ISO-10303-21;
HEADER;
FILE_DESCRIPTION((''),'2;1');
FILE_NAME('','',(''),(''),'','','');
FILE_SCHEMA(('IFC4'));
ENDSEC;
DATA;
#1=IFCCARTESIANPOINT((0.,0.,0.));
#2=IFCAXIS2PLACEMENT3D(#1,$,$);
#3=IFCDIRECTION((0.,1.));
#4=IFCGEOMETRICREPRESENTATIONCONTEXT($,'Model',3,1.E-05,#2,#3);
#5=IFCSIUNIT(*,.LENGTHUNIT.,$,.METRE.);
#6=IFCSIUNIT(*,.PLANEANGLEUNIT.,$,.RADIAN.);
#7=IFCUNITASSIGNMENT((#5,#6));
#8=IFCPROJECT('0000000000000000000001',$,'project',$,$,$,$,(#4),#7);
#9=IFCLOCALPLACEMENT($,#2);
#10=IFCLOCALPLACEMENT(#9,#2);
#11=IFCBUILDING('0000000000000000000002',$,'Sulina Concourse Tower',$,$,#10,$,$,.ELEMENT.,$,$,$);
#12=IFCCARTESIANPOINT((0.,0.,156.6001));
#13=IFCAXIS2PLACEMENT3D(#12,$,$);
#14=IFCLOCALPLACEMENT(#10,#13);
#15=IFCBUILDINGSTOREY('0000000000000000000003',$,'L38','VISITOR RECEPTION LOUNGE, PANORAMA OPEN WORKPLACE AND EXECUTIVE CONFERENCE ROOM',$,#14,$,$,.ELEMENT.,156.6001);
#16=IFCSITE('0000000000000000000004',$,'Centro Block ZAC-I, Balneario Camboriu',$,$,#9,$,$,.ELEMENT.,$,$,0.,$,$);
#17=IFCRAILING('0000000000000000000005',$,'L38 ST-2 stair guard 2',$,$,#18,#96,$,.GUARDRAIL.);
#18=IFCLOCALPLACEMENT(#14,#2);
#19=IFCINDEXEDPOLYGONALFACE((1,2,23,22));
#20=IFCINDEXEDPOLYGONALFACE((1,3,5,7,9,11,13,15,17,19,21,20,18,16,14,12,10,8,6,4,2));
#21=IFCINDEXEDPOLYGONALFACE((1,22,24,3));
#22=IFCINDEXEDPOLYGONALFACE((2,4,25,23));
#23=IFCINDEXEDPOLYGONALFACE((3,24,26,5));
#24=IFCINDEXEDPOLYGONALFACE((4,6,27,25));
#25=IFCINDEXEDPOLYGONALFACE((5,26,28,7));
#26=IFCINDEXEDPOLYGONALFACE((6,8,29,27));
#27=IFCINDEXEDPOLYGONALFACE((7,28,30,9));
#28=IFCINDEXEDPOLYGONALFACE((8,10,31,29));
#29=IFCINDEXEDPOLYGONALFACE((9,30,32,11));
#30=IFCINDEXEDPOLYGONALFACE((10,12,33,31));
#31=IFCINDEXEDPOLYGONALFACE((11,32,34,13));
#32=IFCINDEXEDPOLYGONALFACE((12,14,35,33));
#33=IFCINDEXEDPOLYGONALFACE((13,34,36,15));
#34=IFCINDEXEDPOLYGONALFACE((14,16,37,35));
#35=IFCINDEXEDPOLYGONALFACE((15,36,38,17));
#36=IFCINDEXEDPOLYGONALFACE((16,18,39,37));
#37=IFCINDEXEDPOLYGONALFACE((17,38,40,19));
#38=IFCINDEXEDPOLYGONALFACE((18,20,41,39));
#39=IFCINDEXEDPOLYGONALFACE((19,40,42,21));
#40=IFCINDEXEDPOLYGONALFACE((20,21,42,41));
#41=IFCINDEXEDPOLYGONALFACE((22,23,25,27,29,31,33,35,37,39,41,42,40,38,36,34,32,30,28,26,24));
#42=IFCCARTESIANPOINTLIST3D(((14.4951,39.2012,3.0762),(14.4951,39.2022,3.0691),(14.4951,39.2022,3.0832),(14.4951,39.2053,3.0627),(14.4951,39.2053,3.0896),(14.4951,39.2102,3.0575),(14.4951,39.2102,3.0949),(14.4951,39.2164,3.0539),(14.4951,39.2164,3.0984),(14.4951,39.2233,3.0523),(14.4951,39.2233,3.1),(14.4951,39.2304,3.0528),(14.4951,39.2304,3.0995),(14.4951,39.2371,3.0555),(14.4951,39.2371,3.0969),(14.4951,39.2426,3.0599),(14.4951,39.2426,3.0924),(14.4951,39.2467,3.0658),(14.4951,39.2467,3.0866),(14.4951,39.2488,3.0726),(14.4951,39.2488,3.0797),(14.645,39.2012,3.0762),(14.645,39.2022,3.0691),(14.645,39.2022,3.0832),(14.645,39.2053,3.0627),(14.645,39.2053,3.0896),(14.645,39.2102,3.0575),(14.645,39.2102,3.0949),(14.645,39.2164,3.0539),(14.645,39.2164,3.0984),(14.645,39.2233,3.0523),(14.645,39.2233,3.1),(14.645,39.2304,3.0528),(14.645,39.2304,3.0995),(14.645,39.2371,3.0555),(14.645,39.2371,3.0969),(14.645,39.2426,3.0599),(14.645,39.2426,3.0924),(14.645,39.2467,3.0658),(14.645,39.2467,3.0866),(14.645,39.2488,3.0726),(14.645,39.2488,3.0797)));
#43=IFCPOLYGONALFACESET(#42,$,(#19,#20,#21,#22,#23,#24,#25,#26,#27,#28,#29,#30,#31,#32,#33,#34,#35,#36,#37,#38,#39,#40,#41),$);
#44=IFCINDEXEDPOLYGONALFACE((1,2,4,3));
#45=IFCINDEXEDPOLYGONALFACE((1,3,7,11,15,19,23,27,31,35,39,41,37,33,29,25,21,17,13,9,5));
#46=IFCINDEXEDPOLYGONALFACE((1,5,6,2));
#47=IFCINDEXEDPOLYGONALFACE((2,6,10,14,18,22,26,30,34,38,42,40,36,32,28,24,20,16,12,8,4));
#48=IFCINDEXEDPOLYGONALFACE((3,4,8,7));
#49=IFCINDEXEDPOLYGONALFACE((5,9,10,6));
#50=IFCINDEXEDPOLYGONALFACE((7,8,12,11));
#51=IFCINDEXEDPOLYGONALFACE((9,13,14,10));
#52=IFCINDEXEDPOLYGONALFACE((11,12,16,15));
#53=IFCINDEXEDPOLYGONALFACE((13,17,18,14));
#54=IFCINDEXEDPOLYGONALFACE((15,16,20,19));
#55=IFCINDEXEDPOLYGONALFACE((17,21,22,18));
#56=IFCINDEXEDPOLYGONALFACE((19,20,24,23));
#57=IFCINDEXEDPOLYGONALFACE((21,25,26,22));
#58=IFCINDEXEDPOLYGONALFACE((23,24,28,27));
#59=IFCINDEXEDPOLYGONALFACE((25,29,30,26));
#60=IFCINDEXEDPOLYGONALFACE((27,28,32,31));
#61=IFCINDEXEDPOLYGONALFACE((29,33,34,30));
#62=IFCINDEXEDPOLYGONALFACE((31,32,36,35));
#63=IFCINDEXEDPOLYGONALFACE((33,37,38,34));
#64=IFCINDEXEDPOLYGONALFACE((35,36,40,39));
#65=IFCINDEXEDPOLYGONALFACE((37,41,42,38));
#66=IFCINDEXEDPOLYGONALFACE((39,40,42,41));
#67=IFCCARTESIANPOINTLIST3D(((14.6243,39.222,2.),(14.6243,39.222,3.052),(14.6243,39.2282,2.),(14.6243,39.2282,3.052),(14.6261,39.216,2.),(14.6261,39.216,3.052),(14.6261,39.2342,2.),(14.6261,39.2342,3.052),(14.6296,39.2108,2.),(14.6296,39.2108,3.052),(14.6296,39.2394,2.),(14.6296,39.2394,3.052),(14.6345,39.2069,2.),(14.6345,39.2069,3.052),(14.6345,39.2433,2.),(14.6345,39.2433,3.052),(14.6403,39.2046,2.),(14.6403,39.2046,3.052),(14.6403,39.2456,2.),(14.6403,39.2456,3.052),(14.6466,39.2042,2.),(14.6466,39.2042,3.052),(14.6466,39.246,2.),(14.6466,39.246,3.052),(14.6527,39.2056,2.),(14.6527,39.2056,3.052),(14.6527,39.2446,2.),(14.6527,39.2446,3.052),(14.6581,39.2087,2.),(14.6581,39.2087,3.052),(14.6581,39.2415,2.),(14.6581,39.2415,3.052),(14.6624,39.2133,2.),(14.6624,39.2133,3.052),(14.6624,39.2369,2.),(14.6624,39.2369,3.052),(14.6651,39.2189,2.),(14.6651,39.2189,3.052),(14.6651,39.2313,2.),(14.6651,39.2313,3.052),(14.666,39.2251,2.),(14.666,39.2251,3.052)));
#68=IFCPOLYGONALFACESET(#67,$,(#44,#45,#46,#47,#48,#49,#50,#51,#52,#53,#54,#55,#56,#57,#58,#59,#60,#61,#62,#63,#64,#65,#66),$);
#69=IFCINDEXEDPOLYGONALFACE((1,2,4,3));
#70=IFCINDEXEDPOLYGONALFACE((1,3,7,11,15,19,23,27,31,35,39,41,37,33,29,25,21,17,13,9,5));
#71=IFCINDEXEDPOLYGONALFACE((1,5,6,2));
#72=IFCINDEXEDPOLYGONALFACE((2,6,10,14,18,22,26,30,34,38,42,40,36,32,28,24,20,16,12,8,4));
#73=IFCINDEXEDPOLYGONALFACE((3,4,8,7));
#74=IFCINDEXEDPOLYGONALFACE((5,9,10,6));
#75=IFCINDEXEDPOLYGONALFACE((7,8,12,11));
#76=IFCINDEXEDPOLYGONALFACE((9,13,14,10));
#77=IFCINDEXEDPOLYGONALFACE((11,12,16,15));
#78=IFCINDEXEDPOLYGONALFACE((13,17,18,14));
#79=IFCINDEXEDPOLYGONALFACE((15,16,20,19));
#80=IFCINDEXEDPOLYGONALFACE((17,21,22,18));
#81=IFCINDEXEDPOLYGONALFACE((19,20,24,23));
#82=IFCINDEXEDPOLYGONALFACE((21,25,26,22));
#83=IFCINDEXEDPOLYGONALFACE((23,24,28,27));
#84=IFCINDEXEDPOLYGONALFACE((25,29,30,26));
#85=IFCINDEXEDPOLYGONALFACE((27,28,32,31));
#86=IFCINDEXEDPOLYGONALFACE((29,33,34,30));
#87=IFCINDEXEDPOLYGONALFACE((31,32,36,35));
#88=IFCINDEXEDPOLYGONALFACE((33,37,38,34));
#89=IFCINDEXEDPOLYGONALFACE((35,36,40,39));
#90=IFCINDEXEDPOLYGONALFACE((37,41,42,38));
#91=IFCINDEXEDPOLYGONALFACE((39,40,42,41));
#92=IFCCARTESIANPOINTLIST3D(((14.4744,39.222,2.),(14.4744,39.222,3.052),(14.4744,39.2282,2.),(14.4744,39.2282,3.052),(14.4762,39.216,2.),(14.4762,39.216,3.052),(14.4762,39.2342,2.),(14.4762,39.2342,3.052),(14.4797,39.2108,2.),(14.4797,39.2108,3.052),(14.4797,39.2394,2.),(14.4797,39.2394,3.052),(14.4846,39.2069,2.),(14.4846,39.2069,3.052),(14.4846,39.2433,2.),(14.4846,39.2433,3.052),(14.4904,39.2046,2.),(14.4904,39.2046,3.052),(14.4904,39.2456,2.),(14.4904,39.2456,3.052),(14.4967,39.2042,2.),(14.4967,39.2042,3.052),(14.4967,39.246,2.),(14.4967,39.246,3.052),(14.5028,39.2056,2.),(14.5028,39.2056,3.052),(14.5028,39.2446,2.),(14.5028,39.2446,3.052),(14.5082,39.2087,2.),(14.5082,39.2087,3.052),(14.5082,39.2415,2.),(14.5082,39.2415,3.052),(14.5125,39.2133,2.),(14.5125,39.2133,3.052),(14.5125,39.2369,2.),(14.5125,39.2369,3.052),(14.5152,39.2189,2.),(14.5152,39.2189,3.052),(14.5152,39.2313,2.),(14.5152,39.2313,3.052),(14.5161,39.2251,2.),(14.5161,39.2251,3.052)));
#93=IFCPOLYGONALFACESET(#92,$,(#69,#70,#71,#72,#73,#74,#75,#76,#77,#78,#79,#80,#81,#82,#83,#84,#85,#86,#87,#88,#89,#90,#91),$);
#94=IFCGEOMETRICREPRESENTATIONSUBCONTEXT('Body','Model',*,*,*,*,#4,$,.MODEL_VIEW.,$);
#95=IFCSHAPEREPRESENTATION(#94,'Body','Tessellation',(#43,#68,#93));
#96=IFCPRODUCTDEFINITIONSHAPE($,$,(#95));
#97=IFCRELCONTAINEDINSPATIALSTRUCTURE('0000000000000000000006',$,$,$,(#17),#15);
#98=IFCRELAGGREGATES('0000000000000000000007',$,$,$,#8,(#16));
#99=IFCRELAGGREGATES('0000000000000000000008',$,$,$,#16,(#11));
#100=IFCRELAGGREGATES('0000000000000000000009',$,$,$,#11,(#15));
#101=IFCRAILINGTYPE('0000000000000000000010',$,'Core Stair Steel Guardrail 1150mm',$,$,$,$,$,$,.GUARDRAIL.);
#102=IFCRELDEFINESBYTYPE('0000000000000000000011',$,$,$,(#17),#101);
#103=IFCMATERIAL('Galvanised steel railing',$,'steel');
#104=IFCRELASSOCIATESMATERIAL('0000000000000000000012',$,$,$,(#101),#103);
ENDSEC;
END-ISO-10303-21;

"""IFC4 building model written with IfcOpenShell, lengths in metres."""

from ifc_helpers import new_model, si_unit, direction, frame, origin, origin_2d, place, context, subcontext, project, spatial, circle, extrude, material, type_object, element, save


model = new_model("IFC4")

# Units and contexts
model_context = context("Model", 3, precision=1e-05, world=origin(), true_north=direction((0.0, 1.0)))
body_context = subcontext(model_context, "Body", "Model", "MODEL_VIEW")
ifc_project = project(units=[si_unit("LENGTHUNIT", "METRE"), si_unit("PLANEANGLEUNIT", "RADIAN")], contexts=[model_context])

# Site, building, storey
site_placement = place(None, origin())
site = spatial("IfcSite", under=ifc_project, at=site_placement, Name="Centro Block ZAC-I, Balneario Camboriu", CompositionType="ELEMENT", RefElevation=0.0)
building_placement = place(site_placement, origin())
building = spatial("IfcBuilding", under=site, at=building_placement, Name="Sulina Concourse Tower", CompositionType="ELEMENT")
storey_placement = place(building_placement, frame((0.0, 0.0, 156.6001)))
storey = spatial("IfcBuildingStorey", under=building, at=storey_placement, Name="L38", Description="VISITOR RECEPTION LOUNGE, PANORAMA OPEN WORKPLACE AND EXECUTIVE CONFERENCE ROOM", CompositionType="ELEMENT", Elevation=156.6001)

# Railing
ifc_material_1 = material(Name="Galvanised steel railing", Category="steel")
railing_type_1 = type_object("IfcRailingType", Name="Core Stair Steel Guardrail 1150mm", PredefinedType="GUARDRAIL", material=ifc_material_1)
railing_1_placement = place(storey_placement, frame((14.645, 39.2251, 2.0)))
element("IfcRailing", 1, at=railing_1_placement, inside=storey, type_object=railing_type_1, Name="L38 ST-2 stair guard 2", PredefinedType="GUARDRAIL", context=body_context, shape_type="SweptSolid", body=[
    extrude(circle(Radius=0.0239, at=origin_2d()), frame((0.0, 0.0, 1.0762), z_axis=(-1.0, 0.0, 0.0), x_axis=(0.0, -1.0, 0.0)), (0.0, 0.0, 1.0), 0.1499),
    extrude(circle(Radius=0.021, at=origin_2d()), origin(), (0.0, 0.0, 1.0), 1.052),
    extrude(circle(Radius=0.021, at=origin_2d()), frame((-0.1499, 0.0, 0.0)), (0.0, 0.0, 1.0), 1.052),
])

save(model, "model.ifc")
